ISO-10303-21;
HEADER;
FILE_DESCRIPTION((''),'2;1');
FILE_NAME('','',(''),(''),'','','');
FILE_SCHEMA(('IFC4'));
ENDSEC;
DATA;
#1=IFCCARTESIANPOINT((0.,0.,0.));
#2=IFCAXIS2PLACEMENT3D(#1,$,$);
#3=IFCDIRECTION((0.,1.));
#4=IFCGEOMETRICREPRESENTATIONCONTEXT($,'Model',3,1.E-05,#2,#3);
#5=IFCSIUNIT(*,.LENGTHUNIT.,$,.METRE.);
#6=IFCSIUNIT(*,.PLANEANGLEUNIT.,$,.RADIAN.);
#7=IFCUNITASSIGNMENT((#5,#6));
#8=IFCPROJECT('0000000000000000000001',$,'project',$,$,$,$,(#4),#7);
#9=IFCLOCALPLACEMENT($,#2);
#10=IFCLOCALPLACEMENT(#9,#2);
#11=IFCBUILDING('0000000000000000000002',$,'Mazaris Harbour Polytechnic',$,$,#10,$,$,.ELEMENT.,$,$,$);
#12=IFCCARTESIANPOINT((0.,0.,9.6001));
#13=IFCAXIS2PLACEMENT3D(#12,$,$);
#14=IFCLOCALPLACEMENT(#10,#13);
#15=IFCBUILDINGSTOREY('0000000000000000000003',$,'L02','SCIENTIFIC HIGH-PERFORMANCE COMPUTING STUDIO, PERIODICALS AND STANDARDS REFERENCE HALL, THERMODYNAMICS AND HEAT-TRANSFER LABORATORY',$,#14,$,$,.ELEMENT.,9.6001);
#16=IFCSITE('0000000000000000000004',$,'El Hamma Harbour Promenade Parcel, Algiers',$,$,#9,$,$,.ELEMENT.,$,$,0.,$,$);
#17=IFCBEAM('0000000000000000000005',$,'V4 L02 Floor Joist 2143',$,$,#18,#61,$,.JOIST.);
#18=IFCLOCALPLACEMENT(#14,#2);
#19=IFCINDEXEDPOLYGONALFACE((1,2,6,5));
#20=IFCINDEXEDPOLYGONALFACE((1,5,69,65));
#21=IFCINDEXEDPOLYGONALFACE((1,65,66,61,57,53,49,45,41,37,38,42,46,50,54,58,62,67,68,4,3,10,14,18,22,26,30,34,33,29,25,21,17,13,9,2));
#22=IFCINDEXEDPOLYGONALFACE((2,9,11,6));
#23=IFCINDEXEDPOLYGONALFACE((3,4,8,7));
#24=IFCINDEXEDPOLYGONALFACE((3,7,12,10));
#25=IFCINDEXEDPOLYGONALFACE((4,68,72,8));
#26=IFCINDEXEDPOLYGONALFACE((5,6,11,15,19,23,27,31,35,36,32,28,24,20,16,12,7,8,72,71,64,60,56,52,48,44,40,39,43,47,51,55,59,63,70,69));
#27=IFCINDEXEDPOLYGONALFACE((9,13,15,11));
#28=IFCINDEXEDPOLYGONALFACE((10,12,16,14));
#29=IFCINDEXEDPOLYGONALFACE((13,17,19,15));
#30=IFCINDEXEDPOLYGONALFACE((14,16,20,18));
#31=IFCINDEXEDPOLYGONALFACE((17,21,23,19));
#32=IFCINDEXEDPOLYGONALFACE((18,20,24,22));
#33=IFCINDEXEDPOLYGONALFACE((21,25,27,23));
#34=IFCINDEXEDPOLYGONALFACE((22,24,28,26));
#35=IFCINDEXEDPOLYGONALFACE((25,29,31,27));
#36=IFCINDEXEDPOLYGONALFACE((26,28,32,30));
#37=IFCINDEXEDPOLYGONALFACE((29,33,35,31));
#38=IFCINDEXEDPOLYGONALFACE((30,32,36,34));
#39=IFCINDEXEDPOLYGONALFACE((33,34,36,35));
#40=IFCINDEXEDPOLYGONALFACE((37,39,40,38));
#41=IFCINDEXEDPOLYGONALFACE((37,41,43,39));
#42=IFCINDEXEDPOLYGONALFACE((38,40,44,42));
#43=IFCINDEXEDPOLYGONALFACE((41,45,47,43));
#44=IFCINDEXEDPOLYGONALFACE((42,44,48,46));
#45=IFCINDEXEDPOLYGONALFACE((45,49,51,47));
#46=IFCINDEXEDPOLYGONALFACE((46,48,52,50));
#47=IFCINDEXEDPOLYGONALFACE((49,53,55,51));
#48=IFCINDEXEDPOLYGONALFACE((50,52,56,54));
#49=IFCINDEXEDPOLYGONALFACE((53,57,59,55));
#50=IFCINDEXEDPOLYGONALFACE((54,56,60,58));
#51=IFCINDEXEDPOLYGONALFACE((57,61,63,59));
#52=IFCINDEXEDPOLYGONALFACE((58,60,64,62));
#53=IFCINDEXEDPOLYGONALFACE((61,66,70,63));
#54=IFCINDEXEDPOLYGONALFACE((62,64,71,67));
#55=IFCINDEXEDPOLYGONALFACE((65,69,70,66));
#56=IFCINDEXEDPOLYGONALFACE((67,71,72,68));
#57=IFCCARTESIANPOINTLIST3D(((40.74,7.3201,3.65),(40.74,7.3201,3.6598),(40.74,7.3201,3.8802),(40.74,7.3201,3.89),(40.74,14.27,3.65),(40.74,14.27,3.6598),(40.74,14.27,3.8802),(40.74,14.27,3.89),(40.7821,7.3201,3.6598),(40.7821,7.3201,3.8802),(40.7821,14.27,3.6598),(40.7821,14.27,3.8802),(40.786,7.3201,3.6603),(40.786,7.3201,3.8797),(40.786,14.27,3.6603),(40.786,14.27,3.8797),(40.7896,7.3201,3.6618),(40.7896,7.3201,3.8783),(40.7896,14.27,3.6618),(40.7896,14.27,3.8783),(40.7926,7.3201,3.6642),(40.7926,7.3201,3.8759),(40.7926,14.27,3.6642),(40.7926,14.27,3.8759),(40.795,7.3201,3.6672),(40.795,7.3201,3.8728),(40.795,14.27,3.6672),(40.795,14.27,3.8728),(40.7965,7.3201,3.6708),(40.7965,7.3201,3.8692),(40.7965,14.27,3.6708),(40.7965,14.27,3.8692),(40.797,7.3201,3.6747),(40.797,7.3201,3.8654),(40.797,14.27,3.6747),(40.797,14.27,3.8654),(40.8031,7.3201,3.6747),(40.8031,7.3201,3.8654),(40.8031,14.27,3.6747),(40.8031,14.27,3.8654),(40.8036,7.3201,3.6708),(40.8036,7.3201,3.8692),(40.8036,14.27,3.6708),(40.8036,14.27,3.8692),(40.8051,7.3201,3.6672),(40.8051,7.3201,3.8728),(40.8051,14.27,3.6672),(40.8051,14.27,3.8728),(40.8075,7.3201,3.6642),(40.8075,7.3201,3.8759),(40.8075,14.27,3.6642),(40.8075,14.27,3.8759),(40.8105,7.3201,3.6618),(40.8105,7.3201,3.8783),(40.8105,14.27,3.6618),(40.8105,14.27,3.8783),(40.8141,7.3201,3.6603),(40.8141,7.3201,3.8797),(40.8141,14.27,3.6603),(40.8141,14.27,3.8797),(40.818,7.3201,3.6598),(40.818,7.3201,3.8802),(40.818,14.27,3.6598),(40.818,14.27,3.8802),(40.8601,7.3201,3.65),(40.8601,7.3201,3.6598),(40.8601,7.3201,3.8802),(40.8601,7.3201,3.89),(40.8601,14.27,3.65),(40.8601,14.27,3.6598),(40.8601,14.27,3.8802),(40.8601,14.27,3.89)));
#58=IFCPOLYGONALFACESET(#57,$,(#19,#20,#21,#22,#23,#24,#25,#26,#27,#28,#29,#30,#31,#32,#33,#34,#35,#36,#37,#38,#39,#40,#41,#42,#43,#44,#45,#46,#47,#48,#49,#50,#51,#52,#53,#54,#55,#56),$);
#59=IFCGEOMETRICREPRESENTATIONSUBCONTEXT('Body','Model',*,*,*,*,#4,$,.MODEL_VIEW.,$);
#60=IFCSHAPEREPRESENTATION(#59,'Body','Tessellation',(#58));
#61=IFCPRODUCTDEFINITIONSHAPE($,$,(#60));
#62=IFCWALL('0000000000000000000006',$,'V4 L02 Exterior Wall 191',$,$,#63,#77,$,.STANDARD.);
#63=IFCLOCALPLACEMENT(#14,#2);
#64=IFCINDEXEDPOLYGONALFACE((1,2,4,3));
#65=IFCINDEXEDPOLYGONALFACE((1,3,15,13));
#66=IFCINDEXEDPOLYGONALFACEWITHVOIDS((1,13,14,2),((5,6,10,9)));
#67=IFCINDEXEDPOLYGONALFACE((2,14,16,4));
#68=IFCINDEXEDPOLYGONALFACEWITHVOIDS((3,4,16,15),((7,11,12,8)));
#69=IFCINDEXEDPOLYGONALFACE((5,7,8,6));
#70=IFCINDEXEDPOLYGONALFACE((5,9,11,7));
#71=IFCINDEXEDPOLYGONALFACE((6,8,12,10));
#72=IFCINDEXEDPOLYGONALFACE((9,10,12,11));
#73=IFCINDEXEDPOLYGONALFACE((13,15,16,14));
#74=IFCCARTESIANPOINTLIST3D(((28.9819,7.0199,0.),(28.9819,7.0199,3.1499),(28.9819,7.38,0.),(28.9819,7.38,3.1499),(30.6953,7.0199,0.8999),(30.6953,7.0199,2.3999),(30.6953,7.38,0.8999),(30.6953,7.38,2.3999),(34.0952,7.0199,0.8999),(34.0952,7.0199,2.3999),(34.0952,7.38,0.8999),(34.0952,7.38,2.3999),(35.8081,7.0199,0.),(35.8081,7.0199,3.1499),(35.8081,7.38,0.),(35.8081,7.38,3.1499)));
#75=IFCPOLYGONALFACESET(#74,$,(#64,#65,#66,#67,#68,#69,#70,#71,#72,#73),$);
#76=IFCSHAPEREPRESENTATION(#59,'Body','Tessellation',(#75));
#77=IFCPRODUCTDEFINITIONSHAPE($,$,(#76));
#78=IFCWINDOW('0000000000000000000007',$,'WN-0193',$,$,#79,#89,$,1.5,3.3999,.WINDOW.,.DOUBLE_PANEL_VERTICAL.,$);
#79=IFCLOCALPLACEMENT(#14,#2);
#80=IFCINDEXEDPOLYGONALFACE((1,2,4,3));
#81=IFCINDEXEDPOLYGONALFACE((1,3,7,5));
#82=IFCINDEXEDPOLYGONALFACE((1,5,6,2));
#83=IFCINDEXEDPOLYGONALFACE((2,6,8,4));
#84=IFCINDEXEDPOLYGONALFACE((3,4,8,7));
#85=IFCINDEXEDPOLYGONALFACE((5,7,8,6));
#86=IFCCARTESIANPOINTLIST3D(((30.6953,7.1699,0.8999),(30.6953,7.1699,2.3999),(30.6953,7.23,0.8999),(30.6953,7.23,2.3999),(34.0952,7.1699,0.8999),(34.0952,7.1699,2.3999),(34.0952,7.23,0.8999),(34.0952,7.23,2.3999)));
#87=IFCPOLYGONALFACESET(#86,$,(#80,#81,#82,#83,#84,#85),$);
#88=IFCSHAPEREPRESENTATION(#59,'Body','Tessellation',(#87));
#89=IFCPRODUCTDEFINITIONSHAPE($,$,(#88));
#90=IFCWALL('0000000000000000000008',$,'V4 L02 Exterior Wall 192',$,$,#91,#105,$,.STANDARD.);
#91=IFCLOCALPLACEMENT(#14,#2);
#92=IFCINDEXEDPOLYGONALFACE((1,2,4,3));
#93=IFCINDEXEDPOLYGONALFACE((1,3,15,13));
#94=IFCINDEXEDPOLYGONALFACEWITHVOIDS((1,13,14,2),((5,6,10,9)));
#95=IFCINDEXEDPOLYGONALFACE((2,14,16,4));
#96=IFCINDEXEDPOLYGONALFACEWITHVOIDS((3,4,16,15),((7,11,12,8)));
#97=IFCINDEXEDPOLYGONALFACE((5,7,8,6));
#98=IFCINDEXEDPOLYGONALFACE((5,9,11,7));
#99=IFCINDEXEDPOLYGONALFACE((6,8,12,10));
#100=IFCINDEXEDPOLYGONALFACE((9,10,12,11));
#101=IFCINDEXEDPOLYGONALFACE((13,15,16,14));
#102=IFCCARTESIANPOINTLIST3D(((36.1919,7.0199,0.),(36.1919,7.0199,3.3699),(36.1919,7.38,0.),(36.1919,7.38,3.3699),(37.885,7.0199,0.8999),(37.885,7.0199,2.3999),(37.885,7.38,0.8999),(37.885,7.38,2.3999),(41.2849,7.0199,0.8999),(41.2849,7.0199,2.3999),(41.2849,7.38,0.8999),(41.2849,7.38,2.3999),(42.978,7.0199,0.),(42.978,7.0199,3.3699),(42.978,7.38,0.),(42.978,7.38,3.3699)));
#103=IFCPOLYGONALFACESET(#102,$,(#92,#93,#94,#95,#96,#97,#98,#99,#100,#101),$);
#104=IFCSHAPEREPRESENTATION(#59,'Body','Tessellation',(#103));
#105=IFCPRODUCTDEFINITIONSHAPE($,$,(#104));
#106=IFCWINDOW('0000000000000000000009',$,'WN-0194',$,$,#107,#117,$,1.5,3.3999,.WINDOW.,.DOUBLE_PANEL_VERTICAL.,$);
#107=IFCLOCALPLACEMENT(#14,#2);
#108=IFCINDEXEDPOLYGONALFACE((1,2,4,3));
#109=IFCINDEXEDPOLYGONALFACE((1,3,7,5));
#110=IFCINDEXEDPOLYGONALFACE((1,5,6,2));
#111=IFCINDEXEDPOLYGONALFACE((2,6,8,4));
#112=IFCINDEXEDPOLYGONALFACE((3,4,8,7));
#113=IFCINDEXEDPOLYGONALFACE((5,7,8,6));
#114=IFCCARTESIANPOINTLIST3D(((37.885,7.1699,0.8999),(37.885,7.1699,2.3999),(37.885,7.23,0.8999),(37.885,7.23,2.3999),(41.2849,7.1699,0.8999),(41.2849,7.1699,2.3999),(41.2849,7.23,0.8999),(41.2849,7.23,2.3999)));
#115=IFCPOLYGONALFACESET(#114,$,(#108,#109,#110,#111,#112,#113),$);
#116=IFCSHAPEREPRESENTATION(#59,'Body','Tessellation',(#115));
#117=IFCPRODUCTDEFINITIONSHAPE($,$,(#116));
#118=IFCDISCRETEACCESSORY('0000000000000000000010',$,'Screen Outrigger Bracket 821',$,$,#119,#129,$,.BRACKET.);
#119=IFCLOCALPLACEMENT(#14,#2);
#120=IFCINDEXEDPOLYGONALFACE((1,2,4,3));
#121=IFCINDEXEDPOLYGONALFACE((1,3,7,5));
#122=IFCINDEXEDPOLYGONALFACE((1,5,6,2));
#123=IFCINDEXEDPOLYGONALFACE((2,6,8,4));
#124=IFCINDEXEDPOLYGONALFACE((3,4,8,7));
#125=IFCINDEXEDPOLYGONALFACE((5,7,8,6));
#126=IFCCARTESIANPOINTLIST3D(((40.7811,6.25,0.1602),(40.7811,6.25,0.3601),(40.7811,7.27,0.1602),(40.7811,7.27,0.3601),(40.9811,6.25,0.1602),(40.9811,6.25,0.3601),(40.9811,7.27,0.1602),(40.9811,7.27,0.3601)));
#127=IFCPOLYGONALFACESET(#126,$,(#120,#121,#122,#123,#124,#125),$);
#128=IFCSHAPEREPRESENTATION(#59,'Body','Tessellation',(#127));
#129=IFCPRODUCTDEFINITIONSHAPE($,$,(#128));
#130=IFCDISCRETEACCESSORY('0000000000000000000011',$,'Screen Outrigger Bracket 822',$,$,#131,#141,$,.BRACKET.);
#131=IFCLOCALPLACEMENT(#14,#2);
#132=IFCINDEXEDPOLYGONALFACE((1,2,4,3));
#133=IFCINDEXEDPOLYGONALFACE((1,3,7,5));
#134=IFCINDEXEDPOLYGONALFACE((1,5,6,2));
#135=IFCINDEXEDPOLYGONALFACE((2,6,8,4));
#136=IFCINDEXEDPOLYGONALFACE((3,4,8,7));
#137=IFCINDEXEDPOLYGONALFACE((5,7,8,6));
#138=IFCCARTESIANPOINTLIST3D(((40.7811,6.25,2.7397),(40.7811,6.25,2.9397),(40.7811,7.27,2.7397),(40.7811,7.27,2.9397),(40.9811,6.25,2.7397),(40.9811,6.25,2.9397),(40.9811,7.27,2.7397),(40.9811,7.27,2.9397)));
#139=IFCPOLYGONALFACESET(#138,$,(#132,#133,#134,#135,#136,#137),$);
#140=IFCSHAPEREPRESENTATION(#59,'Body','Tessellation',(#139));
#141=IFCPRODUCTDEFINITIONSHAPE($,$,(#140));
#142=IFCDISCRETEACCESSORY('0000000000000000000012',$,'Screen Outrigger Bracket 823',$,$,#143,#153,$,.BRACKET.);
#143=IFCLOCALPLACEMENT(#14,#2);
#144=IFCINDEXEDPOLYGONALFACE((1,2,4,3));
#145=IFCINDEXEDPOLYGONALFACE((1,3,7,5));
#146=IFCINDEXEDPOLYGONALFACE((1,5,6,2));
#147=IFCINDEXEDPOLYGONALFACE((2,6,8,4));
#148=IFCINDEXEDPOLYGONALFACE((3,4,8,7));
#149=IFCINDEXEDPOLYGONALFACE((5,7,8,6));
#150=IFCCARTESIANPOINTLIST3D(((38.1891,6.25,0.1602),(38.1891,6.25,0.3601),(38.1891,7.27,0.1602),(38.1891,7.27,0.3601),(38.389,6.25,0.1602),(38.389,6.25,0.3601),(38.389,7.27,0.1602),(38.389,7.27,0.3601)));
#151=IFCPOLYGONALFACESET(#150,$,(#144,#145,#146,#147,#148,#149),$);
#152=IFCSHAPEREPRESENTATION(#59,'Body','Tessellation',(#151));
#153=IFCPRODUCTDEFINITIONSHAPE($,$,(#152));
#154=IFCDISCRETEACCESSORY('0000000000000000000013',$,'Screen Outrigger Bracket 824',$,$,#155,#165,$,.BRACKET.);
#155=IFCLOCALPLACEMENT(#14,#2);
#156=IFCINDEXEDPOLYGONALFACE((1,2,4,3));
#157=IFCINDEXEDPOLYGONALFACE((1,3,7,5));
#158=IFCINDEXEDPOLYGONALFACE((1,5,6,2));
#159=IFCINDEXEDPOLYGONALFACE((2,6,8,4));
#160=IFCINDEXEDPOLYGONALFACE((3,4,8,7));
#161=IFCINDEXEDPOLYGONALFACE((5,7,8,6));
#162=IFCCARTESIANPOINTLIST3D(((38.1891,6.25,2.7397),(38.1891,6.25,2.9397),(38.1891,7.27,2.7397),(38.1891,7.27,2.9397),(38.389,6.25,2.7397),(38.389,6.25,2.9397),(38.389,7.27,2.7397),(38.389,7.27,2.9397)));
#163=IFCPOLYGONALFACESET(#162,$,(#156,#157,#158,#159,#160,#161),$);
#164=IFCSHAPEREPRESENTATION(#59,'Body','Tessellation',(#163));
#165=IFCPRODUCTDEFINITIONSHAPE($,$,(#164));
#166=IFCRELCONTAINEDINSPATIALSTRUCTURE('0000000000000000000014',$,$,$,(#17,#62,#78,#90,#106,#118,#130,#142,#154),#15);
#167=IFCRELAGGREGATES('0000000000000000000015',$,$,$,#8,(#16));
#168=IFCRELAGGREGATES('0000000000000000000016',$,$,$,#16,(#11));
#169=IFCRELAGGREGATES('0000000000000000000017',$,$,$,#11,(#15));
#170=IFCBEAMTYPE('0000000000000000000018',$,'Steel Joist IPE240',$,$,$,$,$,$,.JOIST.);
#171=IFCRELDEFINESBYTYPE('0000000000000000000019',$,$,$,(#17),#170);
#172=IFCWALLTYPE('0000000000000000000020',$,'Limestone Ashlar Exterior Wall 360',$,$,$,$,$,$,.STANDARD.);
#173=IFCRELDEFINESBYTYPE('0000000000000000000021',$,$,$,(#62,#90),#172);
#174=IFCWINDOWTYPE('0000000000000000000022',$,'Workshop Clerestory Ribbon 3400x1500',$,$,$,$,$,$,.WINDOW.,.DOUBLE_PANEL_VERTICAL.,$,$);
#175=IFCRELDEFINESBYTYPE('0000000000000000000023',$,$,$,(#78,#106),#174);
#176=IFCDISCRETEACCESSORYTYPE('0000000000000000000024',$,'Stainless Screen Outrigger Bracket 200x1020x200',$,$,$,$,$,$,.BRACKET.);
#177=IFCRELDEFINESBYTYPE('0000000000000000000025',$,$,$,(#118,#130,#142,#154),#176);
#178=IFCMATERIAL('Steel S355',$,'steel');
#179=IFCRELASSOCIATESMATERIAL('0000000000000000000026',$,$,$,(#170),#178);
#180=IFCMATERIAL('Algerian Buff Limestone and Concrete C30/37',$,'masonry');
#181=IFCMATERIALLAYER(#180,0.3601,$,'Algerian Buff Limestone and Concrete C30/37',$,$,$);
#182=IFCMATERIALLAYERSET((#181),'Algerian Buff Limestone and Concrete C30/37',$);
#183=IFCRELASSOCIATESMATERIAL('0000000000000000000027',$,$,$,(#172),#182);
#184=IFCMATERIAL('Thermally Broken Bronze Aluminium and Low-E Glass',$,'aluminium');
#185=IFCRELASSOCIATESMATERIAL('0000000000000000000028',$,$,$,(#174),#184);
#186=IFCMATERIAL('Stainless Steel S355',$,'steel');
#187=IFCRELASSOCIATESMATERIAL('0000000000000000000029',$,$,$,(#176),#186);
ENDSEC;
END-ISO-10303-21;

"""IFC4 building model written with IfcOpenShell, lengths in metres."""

from ifc_helpers import new_model, si_unit, direction, frame, frame_2d, origin, origin_2d, place, context, subcontext, project, spatial, rectangle, i_section, extrude, material, layer, layer_set, material_profile, profile_set, type_object, element, fill, save


model = new_model("IFC4")

# Units and contexts
model_context = context("Model", 3, precision=1e-05, world=origin(), true_north=direction((0.0, 1.0)))
body_context = subcontext(model_context, "Body", "Model", "MODEL_VIEW")
ifc_project = project(units=[si_unit("LENGTHUNIT", "METRE"), si_unit("PLANEANGLEUNIT", "RADIAN")], contexts=[model_context])

# Site, building, storey
site_placement = place(None, origin())
site = spatial("IfcSite", under=ifc_project, at=site_placement, Name="El Hamma Harbour Promenade Parcel, Algiers", CompositionType="ELEMENT", RefElevation=0.0)
building_placement = place(site_placement, origin())
building = spatial("IfcBuilding", under=site, at=building_placement, Name="Mazaris Harbour Polytechnic", CompositionType="ELEMENT")
storey_placement = place(building_placement, frame((0.0, 0.0, 9.6001)))
storey = spatial("IfcBuildingStorey", under=building, at=storey_placement, Name="L02", Description="SCIENTIFIC HIGH-PERFORMANCE COMPUTING STUDIO, PERIODICALS AND STANDARDS REFERENCE HALL, THERMODYNAMICS AND HEAT-TRANSFER LABORATORY", CompositionType="ELEMENT", Elevation=9.6001)

# Beam
ifc_material_1 = material(Name="Steel S355", Category="steel")
ifc_material_profile_1 = material_profile(ifc_material_1, i_section(OverallWidth=0.1201, OverallDepth=0.24, WebThickness=0.0061, FlangeThickness=0.0098, FilletRadius=0.0149, at=origin_2d()), Name="IPE 240")
ifc_profile_set_1 = profile_set([ifc_material_profile_1], Name="Steel S355")
beam_type_1 = type_object("IfcBeamType", Name="Steel Joist IPE240", PredefinedType="JOIST", material=ifc_profile_set_1)
beam_1_placement = place(storey_placement, frame((40.8, 7.3201, 3.77), z_axis=(0.0, 1.0, 0.0), x_axis=(-1.0, 0.0, 0.0)))
element("IfcBeam", 1, at=beam_1_placement, inside=storey, type_object=beam_type_1, Name="V4 L02 Floor Joist 2143", PredefinedType="JOIST", context=body_context, shape_type="SweptSolid", body=[
    extrude(i_section(OverallWidth=0.1201, OverallDepth=0.24, WebThickness=0.0061, FlangeThickness=0.0098, FilletRadius=0.0149, at=origin_2d()), origin(), (0.0, 0.0, 1.0), 6.95),
])

# Walls, openings, windows
ifc_material_2 = material(Name="Algerian Buff Limestone and Concrete C30/37", Category="masonry")
ifc_layer_1 = layer(ifc_material_2, 0.3601, Name="Algerian Buff Limestone and Concrete C30/37")
ifc_layer_set_1 = layer_set([ifc_layer_1], Name="Algerian Buff Limestone and Concrete C30/37")
wall_type = type_object("IfcWallType", Name="Limestone Ashlar Exterior Wall 360", PredefinedType="STANDARD", material=ifc_layer_set_1)
wall_1_placement = place(storey_placement, frame((35.8081, 7.2, 0.0), z_axis=(0.0, 0.0, 1.0), x_axis=(-1.0, 0.0, 0.0)))
wall_1 = element("IfcWall", 2, at=wall_1_placement, inside=storey, type_object=wall_type, Name="V4 L02 Exterior Wall 191", PredefinedType="STANDARD", context=body_context, shape_type="SweptSolid", body=[
    extrude(rectangle(XDim=6.8262, YDim=0.3601, at=frame_2d((3.4131, 0.0))), origin(), (0.0, 0.0, 1.0), 3.1499),
])
opening_1_placement = place(wall_1_placement, frame((1.7129, 0.0, 0.8999)))
opening_1 = element("IfcOpeningElement", 3, at=opening_1_placement, cuts=wall_1, PredefinedType="OPENING", context=body_context, shape_type="SweptSolid", body=[
    extrude(rectangle(XDim=3.3999, YDim=1.5, at=frame_2d((1.7, 0.75))), frame((0.0, 0.1899, 0.0), z_axis=(0.0, -1.0, 0.0), x_axis=(1.0, 0.0, 0.0)), (0.0, 0.0, 1.0), 0.3801),
])
ifc_material_3 = material(Name="Thermally Broken Bronze Aluminium and Low-E Glass", Category="aluminium")
window_type = type_object("IfcWindowType", Name="Workshop Clerestory Ribbon 3400x1500", PartitioningType="DOUBLE_PANEL_VERTICAL", PredefinedType="WINDOW", material=ifc_material_3)
window_1_placement = place(opening_1_placement, origin())
window_1 = element("IfcWindow", 4, at=window_1_placement, inside=storey, type_object=window_type, Name="WN-0193", OverallHeight=1.5, OverallWidth=3.3999, PartitioningType="DOUBLE_PANEL_VERTICAL", PredefinedType="WINDOW", context=body_context, shape_type="SweptSolid", body=[
    extrude(rectangle(XDim=3.3999, YDim=1.5, at=frame_2d((1.7, 0.75))), frame((0.0, 0.03, 0.0), z_axis=(0.0, -1.0, 0.0), x_axis=(1.0, 0.0, 0.0)), (0.0, 0.0, 1.0), 0.0601),
])
fill(opening_1, window_1)
wall_2_placement = place(storey_placement, frame((42.978, 7.2, 0.0), z_axis=(0.0, 0.0, 1.0), x_axis=(-1.0, 0.0, 0.0)))
wall_2 = element("IfcWall", 5, at=wall_2_placement, inside=storey, type_object=wall_type, Name="V4 L02 Exterior Wall 192", PredefinedType="STANDARD", context=body_context, shape_type="SweptSolid", body=[
    extrude(rectangle(XDim=6.7861, YDim=0.3601, at=frame_2d((3.3931, 0.0))), origin(), (0.0, 0.0, 1.0), 3.3699),
])
opening_2_placement = place(wall_2_placement, frame((1.6931, 0.0, 0.8999)))
opening_2 = element("IfcOpeningElement", 6, at=opening_2_placement, cuts=wall_2, PredefinedType="OPENING", context=body_context, shape_type="SweptSolid", body=[
    extrude(rectangle(XDim=3.3999, YDim=1.5, at=frame_2d((1.7, 0.75))), frame((0.0, 0.1899, 0.0), z_axis=(0.0, -1.0, 0.0), x_axis=(1.0, 0.0, 0.0)), (0.0, 0.0, 1.0), 0.3801),
])
window_2_placement = place(opening_2_placement, origin())
window_2 = element("IfcWindow", 7, at=window_2_placement, inside=storey, type_object=window_type, Name="WN-0194", OverallHeight=1.5, OverallWidth=3.3999, PartitioningType="DOUBLE_PANEL_VERTICAL", PredefinedType="WINDOW", context=body_context, shape_type="SweptSolid", body=[
    extrude(rectangle(XDim=3.3999, YDim=1.5, at=frame_2d((1.7, 0.75))), frame((0.0, 0.03, 0.0), z_axis=(0.0, -1.0, 0.0), x_axis=(1.0, 0.0, 0.0)), (0.0, 0.0, 1.0), 0.0601),
])
fill(opening_2, window_2)

# Discrete accessories
ifc_material_4 = material(Name="Stainless Steel S355", Category="steel")
discrete_accessory_type = type_object("IfcDiscreteAccessoryType", Name="Stainless Screen Outrigger Bracket 200x1020x200", PredefinedType="BRACKET", material=ifc_material_4)
for number, where, z_axis, x_axis, name in (
    (8, (40.8811, 6.76, 0.1602), (0.0, 0.0, 1.0), (-1.0, 0.0, 0.0), "Screen Outrigger Bracket 821"),
    (9, (40.8811, 6.76, 2.7397), (0.0, 0.0, 1.0), (-1.0, 0.0, 0.0), "Screen Outrigger Bracket 822"),
    (10, (38.2891, 6.76, 0.1602), (0.0, 0.0, 1.0), (-1.0, 0.0, 0.0), "Screen Outrigger Bracket 823"),
    (11, (38.2891, 6.76, 2.7397), (0.0, 0.0, 1.0), (-1.0, 0.0, 0.0), "Screen Outrigger Bracket 824"),
):
    element("IfcDiscreteAccessory", number, at=place(storey_placement, frame(where, z_axis=z_axis, x_axis=x_axis)), inside=storey, type_object=discrete_accessory_type, Name=name, PredefinedType="BRACKET", context=body_context, shape_type="SweptSolid", body=[
        extrude(rectangle(XDim=0.2, YDim=1.02, at=origin_2d()), origin(), (0.0, 0.0, 1.0), 0.2),
    ])

save(model, "model.ifc")
